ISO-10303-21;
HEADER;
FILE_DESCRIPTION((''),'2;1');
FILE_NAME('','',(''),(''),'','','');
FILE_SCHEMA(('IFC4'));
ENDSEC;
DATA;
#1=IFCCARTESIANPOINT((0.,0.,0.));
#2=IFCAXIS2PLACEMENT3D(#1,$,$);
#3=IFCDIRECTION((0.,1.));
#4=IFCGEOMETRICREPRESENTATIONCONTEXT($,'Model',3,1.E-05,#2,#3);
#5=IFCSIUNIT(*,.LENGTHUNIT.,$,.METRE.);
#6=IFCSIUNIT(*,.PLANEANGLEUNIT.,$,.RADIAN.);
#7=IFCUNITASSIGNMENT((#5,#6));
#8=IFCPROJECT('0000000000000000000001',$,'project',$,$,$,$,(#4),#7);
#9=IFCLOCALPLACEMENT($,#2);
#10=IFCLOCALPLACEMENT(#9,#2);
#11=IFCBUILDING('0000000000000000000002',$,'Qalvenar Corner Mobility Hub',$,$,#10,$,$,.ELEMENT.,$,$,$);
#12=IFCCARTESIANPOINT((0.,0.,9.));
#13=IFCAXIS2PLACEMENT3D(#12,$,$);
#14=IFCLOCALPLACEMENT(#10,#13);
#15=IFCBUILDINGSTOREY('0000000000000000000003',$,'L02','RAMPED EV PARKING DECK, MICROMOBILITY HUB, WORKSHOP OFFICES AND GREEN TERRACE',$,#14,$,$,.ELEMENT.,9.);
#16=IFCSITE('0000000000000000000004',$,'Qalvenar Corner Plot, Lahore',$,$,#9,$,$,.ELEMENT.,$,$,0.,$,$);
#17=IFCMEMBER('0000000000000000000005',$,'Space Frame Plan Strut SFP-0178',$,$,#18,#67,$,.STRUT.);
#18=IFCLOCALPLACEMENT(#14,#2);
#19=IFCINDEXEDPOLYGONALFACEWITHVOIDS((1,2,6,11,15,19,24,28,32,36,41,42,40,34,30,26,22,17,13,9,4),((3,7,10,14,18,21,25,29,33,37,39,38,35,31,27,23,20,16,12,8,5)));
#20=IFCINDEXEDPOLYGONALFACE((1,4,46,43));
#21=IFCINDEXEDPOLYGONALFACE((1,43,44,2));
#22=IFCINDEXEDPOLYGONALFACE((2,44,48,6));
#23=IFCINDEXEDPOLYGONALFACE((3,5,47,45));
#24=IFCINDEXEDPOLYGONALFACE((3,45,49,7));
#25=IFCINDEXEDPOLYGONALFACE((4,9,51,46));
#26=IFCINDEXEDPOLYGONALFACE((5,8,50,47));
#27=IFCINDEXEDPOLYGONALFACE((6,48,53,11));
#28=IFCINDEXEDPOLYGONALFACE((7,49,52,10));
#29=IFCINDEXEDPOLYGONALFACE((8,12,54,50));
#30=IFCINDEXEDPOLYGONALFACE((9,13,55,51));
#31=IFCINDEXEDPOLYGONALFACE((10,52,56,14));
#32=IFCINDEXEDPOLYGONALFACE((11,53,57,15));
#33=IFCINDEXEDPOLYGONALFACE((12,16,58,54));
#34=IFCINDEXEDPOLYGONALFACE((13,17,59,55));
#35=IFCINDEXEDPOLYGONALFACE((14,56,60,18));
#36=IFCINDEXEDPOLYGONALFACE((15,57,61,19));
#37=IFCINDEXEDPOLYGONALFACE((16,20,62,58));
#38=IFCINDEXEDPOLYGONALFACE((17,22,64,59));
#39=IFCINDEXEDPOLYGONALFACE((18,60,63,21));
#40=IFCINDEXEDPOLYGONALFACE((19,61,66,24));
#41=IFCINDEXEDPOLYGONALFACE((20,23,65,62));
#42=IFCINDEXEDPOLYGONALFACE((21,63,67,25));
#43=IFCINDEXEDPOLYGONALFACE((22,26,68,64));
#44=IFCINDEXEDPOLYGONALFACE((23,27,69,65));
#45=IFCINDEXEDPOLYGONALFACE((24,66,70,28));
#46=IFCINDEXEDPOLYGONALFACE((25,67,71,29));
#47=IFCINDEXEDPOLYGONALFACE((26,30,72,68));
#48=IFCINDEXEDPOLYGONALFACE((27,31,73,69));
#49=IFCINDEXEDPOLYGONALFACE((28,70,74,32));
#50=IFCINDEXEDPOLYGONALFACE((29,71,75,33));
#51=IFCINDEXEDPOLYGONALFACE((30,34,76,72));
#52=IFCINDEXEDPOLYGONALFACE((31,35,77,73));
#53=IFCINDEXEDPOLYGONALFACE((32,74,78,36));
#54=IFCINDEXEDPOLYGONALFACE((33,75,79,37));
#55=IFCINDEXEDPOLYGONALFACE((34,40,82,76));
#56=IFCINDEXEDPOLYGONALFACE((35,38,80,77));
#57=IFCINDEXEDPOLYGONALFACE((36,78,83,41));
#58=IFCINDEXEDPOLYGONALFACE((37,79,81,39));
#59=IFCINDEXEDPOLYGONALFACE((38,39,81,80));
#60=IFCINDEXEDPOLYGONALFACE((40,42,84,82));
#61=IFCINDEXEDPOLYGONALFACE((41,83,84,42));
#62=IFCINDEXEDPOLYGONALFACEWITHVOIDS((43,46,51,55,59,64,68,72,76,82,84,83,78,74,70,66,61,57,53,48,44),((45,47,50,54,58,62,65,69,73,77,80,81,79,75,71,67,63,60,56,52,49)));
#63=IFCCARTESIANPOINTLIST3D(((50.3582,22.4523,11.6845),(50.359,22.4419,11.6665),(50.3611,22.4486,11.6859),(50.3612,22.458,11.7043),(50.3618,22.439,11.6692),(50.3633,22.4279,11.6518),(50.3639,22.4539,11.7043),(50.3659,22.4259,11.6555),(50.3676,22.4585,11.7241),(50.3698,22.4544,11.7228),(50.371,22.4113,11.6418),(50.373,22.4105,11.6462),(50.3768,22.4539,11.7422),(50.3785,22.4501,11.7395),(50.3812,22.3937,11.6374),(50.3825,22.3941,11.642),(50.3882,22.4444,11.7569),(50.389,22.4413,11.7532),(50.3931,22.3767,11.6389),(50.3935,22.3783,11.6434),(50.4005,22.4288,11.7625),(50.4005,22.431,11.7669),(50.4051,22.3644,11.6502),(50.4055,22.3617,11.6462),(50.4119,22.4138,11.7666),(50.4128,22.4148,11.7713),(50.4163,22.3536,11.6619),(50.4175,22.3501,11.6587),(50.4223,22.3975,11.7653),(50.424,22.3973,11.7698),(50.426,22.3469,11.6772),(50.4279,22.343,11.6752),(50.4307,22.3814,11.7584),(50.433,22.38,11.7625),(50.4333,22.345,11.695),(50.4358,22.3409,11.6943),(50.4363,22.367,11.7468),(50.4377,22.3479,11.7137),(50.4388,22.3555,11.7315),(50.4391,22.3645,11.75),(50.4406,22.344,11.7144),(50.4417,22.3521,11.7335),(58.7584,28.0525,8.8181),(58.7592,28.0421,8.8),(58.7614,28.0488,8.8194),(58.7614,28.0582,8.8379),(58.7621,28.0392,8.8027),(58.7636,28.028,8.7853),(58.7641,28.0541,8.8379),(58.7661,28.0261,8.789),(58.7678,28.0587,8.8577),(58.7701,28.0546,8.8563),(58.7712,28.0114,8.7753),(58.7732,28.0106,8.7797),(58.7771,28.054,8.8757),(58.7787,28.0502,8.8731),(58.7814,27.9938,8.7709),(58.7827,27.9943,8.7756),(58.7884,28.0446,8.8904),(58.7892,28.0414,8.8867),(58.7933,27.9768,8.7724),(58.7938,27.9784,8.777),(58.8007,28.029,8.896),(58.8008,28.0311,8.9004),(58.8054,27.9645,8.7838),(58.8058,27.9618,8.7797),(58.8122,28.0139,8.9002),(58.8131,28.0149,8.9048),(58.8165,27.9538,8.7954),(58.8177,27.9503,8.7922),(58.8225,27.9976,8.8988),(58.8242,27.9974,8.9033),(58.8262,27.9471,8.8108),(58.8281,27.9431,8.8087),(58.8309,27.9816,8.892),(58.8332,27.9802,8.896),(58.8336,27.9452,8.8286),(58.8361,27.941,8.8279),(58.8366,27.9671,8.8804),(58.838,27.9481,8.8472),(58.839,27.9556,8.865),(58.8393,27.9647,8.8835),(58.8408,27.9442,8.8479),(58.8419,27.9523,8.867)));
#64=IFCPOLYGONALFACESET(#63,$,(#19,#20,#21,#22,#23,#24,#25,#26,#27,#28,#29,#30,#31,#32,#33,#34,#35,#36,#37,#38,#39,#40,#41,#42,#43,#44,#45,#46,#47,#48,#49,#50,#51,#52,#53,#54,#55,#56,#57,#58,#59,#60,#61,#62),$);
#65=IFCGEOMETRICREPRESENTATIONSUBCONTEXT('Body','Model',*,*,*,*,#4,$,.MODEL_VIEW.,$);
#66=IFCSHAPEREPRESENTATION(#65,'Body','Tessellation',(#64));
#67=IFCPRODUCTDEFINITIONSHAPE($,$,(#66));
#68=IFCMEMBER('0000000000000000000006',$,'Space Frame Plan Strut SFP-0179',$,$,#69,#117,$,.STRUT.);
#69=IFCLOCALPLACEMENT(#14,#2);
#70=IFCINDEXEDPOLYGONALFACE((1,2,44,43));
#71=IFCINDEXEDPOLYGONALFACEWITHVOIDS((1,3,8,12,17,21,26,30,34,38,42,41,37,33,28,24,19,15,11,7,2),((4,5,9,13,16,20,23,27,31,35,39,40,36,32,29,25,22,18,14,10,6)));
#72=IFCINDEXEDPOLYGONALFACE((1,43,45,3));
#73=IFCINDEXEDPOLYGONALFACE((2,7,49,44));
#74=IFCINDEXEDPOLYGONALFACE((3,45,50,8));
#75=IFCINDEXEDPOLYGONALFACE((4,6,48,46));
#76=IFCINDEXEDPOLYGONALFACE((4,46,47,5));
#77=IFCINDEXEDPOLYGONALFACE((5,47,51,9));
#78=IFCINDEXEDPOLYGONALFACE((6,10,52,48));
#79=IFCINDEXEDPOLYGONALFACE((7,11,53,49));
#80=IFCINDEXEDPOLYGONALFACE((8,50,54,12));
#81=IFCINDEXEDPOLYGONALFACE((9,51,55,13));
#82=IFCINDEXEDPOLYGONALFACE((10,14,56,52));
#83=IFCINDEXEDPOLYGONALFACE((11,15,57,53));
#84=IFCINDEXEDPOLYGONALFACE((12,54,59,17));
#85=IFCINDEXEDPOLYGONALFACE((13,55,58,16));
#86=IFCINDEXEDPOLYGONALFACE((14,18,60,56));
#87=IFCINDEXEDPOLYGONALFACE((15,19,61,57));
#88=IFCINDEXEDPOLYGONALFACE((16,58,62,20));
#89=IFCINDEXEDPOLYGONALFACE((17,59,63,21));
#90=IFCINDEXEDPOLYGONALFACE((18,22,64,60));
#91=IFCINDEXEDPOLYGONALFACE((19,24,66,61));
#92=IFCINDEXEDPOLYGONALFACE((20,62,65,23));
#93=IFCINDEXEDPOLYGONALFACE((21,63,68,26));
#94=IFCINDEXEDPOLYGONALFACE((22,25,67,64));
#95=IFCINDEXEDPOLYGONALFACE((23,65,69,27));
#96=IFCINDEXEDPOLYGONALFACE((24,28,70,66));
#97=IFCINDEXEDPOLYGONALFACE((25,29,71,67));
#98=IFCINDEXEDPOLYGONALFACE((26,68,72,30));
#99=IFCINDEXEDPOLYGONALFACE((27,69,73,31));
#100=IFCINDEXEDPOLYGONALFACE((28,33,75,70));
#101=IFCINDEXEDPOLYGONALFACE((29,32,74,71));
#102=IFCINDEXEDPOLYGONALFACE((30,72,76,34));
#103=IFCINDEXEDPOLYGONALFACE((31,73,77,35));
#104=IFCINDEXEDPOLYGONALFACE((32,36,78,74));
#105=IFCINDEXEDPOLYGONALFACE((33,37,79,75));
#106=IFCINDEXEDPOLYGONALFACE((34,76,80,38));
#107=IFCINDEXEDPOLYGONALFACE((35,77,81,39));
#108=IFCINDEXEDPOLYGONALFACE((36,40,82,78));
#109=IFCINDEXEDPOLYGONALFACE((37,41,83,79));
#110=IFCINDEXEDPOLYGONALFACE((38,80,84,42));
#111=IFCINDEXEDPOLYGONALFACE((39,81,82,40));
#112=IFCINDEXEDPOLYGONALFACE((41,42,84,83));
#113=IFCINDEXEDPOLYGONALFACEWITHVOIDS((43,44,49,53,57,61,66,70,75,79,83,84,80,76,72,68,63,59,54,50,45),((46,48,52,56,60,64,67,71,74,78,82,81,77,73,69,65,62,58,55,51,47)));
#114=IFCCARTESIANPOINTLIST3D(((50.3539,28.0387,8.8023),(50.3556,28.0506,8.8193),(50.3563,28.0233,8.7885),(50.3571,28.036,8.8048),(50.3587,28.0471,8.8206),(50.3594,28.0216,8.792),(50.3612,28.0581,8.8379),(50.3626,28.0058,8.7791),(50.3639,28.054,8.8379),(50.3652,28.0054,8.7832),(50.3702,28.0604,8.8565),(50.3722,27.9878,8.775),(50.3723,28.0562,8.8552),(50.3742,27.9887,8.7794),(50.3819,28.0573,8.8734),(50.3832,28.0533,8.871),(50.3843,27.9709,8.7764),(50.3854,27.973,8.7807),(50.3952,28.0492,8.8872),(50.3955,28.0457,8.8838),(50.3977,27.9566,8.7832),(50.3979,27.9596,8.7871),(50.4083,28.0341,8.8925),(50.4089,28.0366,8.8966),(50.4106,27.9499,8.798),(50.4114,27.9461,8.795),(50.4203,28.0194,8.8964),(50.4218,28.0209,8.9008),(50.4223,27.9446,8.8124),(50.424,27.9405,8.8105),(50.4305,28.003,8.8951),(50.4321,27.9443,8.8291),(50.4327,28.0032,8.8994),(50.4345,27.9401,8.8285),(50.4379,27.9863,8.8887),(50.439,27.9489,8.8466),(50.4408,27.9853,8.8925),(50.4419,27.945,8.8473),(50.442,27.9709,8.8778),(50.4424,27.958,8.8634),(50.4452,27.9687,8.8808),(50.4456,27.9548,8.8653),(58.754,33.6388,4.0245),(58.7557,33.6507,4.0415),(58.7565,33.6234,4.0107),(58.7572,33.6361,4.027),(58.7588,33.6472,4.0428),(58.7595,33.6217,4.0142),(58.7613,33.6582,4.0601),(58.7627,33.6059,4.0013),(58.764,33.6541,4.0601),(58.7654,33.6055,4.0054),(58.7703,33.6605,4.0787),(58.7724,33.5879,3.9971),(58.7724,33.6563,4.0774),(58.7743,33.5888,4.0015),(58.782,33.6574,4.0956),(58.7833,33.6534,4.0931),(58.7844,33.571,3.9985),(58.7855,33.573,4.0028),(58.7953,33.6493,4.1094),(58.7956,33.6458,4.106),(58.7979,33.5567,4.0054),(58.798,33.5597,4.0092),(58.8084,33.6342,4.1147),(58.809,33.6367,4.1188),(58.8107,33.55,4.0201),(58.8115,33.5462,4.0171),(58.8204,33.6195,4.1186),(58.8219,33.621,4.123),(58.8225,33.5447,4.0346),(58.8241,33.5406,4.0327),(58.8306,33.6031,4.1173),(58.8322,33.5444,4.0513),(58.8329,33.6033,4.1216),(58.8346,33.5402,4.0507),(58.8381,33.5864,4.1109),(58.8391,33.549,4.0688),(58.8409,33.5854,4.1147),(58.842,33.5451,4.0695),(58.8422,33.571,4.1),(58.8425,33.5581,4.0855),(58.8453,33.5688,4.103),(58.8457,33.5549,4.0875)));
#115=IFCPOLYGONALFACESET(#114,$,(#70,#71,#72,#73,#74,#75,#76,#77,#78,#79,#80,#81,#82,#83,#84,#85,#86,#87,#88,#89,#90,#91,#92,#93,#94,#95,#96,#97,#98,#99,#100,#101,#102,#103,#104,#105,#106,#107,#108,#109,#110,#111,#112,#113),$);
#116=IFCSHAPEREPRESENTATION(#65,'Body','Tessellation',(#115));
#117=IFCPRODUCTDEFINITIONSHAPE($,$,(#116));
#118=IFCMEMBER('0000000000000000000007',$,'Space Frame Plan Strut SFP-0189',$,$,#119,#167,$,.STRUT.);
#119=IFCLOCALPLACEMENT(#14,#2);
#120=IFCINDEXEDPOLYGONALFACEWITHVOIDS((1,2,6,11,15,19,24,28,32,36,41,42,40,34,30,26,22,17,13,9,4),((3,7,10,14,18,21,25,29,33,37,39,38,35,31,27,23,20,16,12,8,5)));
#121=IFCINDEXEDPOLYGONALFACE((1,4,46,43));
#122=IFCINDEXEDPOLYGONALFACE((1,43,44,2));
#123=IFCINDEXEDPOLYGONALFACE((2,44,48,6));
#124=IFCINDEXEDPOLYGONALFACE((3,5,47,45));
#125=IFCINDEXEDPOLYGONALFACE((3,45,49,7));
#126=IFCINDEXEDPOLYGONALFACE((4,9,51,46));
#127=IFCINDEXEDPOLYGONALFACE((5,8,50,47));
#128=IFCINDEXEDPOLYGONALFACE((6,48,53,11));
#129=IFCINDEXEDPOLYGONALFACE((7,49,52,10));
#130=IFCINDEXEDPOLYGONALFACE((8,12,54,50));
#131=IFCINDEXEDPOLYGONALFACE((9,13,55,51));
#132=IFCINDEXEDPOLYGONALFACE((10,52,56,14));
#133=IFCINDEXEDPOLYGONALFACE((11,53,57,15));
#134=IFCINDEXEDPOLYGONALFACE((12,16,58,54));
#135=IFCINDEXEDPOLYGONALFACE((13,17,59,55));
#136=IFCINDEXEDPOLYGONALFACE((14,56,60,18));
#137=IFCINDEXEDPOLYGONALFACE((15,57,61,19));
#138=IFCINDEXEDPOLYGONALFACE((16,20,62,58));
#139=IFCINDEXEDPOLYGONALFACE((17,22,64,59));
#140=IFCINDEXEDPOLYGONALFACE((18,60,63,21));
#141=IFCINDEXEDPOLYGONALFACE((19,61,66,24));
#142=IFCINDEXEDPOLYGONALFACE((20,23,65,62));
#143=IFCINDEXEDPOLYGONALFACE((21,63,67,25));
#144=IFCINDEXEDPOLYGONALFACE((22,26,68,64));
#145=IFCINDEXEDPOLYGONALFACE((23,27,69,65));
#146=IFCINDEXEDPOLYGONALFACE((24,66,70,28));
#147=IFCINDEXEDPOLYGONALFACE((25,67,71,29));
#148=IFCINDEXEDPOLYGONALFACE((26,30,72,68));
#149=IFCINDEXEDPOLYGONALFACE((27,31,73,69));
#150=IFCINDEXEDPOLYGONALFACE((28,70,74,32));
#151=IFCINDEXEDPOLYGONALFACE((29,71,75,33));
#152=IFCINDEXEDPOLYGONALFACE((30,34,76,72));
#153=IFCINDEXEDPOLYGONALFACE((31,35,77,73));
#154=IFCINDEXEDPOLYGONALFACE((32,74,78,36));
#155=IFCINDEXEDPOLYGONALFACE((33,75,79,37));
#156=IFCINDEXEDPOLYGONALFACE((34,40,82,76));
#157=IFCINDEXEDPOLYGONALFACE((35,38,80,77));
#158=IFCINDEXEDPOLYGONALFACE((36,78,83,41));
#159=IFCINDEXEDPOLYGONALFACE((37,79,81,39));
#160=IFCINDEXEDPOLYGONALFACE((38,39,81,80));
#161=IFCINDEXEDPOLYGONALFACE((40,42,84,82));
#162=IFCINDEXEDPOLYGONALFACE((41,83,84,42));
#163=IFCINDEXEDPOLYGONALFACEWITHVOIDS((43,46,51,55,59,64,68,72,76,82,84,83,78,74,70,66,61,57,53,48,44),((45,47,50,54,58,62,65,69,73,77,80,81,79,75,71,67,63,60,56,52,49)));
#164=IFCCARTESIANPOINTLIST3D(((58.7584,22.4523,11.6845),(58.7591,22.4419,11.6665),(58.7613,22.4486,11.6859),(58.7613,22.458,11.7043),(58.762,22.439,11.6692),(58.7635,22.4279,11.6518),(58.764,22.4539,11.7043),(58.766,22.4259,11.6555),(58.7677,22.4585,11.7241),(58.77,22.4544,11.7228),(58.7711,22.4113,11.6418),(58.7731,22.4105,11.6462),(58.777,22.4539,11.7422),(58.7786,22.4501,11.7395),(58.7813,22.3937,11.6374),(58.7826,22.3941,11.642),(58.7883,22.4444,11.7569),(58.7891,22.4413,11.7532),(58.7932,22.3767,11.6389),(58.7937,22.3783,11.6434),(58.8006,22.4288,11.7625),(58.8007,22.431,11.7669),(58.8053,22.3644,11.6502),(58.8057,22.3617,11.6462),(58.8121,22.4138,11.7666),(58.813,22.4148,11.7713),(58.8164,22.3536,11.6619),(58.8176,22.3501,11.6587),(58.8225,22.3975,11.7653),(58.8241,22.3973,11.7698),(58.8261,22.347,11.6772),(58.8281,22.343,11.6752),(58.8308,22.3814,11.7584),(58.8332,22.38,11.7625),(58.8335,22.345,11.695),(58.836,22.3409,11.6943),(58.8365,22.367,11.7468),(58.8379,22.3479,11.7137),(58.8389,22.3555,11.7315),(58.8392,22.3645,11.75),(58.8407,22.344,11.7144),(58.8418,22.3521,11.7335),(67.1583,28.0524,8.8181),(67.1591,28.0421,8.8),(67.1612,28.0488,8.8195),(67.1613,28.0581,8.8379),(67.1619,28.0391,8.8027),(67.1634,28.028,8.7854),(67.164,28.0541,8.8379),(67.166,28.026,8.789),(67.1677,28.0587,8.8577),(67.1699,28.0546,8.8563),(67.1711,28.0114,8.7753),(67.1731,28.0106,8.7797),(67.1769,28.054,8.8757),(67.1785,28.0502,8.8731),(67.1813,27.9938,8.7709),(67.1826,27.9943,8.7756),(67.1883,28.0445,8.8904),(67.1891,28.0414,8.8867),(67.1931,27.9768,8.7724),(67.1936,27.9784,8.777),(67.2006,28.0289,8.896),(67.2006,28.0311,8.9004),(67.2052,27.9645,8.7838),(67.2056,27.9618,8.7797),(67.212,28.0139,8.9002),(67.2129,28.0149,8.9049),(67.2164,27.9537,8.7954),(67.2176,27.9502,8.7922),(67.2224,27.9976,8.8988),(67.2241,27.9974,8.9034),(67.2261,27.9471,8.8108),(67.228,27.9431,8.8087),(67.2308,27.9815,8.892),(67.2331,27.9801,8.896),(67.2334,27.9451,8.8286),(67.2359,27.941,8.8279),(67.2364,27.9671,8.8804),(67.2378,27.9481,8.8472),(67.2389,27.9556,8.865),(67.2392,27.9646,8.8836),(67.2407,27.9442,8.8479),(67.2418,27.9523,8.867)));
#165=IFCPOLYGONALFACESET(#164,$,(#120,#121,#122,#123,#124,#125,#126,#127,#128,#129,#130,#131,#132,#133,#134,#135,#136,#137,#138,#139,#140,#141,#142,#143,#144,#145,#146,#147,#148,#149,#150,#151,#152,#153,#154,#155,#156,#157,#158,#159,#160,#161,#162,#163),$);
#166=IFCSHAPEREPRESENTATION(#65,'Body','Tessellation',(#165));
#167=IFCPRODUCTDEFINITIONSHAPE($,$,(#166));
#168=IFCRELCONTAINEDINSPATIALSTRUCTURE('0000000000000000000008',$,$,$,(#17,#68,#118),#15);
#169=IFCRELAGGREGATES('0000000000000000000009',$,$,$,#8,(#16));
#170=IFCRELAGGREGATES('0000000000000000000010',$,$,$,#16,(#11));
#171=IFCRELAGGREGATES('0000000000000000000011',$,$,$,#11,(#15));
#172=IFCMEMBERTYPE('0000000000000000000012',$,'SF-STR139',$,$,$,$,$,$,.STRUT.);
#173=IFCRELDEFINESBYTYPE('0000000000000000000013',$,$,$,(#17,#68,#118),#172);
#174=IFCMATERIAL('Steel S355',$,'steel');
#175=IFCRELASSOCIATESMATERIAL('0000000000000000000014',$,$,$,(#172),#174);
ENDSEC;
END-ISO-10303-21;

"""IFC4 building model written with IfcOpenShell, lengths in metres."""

from ifc_helpers import new_model, si_unit, direction, frame, origin, origin_2d, place, context, subcontext, project, spatial, hollow_circle, extrude, material, material_profile, profile_set, type_object, element, save


model = new_model("IFC4")

# Units and contexts
model_context = context("Model", 3, precision=1e-05, world=origin(), true_north=direction((0.0, 1.0)))
body_context = subcontext(model_context, "Body", "Model", "MODEL_VIEW")
ifc_project = project(units=[si_unit("LENGTHUNIT", "METRE"), si_unit("PLANEANGLEUNIT", "RADIAN")], contexts=[model_context])

# Site, building, storey
site_placement = place(None, origin())
site = spatial("IfcSite", under=ifc_project, at=site_placement, Name="Qalvenar Corner Plot, Lahore", CompositionType="ELEMENT", RefElevation=0.0)
building_placement = place(site_placement, origin())
building = spatial("IfcBuilding", under=site, at=building_placement, Name="Qalvenar Corner Mobility Hub", CompositionType="ELEMENT")
storey_placement = place(building_placement, frame((0.0, 0.0, 9.0)))
storey = spatial("IfcBuildingStorey", under=building, at=storey_placement, Name="L02", Description="RAMPED EV PARKING DECK, MICROMOBILITY HUB, WORKSHOP OFFICES AND GREEN TERRACE", CompositionType="ELEMENT", Elevation=9.0)

# Members
ifc_material_1 = material(Name="Steel S355", Category="steel")
ifc_material_profile_1 = material_profile(ifc_material_1, hollow_circle(Radius=0.0698, WallThickness=0.0049, at=origin_2d()), Name="CHS139.7x5")
ifc_profile_set_1 = profile_set([ifc_material_profile_1], Name="Steel S355")
member_type_1 = type_object("IfcMemberType", Name="SF-STR139", PredefinedType="STRUT", material=ifc_profile_set_1)
member_1_placement = place(storey_placement, frame((50.3999, 22.3999, 11.7043), z_axis=(0.800413, 0.533609, -0.273132), x_axis=(-0.5547, 0.83205, 0.0)))
element("IfcMember", 1, at=member_1_placement, inside=storey, type_object=member_type_1, Name="Space Frame Plan Strut SFP-0178", PredefinedType="STRUT", context=body_context, shape_type="SweptSolid", body=[
    extrude(hollow_circle(Radius=0.0698, WallThickness=0.0049, at=origin_2d()), origin(), (0.0, 0.0, 1.0), 10.4949),
])
member_2_placement = place(storey_placement, frame((50.3999, 28.0, 8.8379), z_axis=(0.752081, 0.501387, -0.427768), x_axis=(-0.5547, 0.83205, 0.0)))
element("IfcMember", 2, at=member_2_placement, inside=storey, type_object=member_type_1, Name="Space Frame Plan Strut SFP-0179", PredefinedType="STRUT", context=body_context, shape_type="SweptSolid", body=[
    extrude(hollow_circle(Radius=0.0698, WallThickness=0.0049, at=origin_2d()), origin(), (0.0, 0.0, 1.0), 11.1692),
])
member_3_placement = place(storey_placement, frame((58.8, 22.3999, 11.7043), z_axis=(0.800405, 0.533619, -0.273137), x_axis=(-0.554711, 0.832043, 0.0)))
element("IfcMember", 3, at=member_3_placement, inside=storey, type_object=member_type_1, Name="Space Frame Plan Strut SFP-0189", PredefinedType="STRUT", context=body_context, shape_type="SweptSolid", body=[
    extrude(hollow_circle(Radius=0.0698, WallThickness=0.0049, at=origin_2d()), origin(), (0.0, 0.0, 1.0), 10.4946),
])

save(model, "model.ifc")
